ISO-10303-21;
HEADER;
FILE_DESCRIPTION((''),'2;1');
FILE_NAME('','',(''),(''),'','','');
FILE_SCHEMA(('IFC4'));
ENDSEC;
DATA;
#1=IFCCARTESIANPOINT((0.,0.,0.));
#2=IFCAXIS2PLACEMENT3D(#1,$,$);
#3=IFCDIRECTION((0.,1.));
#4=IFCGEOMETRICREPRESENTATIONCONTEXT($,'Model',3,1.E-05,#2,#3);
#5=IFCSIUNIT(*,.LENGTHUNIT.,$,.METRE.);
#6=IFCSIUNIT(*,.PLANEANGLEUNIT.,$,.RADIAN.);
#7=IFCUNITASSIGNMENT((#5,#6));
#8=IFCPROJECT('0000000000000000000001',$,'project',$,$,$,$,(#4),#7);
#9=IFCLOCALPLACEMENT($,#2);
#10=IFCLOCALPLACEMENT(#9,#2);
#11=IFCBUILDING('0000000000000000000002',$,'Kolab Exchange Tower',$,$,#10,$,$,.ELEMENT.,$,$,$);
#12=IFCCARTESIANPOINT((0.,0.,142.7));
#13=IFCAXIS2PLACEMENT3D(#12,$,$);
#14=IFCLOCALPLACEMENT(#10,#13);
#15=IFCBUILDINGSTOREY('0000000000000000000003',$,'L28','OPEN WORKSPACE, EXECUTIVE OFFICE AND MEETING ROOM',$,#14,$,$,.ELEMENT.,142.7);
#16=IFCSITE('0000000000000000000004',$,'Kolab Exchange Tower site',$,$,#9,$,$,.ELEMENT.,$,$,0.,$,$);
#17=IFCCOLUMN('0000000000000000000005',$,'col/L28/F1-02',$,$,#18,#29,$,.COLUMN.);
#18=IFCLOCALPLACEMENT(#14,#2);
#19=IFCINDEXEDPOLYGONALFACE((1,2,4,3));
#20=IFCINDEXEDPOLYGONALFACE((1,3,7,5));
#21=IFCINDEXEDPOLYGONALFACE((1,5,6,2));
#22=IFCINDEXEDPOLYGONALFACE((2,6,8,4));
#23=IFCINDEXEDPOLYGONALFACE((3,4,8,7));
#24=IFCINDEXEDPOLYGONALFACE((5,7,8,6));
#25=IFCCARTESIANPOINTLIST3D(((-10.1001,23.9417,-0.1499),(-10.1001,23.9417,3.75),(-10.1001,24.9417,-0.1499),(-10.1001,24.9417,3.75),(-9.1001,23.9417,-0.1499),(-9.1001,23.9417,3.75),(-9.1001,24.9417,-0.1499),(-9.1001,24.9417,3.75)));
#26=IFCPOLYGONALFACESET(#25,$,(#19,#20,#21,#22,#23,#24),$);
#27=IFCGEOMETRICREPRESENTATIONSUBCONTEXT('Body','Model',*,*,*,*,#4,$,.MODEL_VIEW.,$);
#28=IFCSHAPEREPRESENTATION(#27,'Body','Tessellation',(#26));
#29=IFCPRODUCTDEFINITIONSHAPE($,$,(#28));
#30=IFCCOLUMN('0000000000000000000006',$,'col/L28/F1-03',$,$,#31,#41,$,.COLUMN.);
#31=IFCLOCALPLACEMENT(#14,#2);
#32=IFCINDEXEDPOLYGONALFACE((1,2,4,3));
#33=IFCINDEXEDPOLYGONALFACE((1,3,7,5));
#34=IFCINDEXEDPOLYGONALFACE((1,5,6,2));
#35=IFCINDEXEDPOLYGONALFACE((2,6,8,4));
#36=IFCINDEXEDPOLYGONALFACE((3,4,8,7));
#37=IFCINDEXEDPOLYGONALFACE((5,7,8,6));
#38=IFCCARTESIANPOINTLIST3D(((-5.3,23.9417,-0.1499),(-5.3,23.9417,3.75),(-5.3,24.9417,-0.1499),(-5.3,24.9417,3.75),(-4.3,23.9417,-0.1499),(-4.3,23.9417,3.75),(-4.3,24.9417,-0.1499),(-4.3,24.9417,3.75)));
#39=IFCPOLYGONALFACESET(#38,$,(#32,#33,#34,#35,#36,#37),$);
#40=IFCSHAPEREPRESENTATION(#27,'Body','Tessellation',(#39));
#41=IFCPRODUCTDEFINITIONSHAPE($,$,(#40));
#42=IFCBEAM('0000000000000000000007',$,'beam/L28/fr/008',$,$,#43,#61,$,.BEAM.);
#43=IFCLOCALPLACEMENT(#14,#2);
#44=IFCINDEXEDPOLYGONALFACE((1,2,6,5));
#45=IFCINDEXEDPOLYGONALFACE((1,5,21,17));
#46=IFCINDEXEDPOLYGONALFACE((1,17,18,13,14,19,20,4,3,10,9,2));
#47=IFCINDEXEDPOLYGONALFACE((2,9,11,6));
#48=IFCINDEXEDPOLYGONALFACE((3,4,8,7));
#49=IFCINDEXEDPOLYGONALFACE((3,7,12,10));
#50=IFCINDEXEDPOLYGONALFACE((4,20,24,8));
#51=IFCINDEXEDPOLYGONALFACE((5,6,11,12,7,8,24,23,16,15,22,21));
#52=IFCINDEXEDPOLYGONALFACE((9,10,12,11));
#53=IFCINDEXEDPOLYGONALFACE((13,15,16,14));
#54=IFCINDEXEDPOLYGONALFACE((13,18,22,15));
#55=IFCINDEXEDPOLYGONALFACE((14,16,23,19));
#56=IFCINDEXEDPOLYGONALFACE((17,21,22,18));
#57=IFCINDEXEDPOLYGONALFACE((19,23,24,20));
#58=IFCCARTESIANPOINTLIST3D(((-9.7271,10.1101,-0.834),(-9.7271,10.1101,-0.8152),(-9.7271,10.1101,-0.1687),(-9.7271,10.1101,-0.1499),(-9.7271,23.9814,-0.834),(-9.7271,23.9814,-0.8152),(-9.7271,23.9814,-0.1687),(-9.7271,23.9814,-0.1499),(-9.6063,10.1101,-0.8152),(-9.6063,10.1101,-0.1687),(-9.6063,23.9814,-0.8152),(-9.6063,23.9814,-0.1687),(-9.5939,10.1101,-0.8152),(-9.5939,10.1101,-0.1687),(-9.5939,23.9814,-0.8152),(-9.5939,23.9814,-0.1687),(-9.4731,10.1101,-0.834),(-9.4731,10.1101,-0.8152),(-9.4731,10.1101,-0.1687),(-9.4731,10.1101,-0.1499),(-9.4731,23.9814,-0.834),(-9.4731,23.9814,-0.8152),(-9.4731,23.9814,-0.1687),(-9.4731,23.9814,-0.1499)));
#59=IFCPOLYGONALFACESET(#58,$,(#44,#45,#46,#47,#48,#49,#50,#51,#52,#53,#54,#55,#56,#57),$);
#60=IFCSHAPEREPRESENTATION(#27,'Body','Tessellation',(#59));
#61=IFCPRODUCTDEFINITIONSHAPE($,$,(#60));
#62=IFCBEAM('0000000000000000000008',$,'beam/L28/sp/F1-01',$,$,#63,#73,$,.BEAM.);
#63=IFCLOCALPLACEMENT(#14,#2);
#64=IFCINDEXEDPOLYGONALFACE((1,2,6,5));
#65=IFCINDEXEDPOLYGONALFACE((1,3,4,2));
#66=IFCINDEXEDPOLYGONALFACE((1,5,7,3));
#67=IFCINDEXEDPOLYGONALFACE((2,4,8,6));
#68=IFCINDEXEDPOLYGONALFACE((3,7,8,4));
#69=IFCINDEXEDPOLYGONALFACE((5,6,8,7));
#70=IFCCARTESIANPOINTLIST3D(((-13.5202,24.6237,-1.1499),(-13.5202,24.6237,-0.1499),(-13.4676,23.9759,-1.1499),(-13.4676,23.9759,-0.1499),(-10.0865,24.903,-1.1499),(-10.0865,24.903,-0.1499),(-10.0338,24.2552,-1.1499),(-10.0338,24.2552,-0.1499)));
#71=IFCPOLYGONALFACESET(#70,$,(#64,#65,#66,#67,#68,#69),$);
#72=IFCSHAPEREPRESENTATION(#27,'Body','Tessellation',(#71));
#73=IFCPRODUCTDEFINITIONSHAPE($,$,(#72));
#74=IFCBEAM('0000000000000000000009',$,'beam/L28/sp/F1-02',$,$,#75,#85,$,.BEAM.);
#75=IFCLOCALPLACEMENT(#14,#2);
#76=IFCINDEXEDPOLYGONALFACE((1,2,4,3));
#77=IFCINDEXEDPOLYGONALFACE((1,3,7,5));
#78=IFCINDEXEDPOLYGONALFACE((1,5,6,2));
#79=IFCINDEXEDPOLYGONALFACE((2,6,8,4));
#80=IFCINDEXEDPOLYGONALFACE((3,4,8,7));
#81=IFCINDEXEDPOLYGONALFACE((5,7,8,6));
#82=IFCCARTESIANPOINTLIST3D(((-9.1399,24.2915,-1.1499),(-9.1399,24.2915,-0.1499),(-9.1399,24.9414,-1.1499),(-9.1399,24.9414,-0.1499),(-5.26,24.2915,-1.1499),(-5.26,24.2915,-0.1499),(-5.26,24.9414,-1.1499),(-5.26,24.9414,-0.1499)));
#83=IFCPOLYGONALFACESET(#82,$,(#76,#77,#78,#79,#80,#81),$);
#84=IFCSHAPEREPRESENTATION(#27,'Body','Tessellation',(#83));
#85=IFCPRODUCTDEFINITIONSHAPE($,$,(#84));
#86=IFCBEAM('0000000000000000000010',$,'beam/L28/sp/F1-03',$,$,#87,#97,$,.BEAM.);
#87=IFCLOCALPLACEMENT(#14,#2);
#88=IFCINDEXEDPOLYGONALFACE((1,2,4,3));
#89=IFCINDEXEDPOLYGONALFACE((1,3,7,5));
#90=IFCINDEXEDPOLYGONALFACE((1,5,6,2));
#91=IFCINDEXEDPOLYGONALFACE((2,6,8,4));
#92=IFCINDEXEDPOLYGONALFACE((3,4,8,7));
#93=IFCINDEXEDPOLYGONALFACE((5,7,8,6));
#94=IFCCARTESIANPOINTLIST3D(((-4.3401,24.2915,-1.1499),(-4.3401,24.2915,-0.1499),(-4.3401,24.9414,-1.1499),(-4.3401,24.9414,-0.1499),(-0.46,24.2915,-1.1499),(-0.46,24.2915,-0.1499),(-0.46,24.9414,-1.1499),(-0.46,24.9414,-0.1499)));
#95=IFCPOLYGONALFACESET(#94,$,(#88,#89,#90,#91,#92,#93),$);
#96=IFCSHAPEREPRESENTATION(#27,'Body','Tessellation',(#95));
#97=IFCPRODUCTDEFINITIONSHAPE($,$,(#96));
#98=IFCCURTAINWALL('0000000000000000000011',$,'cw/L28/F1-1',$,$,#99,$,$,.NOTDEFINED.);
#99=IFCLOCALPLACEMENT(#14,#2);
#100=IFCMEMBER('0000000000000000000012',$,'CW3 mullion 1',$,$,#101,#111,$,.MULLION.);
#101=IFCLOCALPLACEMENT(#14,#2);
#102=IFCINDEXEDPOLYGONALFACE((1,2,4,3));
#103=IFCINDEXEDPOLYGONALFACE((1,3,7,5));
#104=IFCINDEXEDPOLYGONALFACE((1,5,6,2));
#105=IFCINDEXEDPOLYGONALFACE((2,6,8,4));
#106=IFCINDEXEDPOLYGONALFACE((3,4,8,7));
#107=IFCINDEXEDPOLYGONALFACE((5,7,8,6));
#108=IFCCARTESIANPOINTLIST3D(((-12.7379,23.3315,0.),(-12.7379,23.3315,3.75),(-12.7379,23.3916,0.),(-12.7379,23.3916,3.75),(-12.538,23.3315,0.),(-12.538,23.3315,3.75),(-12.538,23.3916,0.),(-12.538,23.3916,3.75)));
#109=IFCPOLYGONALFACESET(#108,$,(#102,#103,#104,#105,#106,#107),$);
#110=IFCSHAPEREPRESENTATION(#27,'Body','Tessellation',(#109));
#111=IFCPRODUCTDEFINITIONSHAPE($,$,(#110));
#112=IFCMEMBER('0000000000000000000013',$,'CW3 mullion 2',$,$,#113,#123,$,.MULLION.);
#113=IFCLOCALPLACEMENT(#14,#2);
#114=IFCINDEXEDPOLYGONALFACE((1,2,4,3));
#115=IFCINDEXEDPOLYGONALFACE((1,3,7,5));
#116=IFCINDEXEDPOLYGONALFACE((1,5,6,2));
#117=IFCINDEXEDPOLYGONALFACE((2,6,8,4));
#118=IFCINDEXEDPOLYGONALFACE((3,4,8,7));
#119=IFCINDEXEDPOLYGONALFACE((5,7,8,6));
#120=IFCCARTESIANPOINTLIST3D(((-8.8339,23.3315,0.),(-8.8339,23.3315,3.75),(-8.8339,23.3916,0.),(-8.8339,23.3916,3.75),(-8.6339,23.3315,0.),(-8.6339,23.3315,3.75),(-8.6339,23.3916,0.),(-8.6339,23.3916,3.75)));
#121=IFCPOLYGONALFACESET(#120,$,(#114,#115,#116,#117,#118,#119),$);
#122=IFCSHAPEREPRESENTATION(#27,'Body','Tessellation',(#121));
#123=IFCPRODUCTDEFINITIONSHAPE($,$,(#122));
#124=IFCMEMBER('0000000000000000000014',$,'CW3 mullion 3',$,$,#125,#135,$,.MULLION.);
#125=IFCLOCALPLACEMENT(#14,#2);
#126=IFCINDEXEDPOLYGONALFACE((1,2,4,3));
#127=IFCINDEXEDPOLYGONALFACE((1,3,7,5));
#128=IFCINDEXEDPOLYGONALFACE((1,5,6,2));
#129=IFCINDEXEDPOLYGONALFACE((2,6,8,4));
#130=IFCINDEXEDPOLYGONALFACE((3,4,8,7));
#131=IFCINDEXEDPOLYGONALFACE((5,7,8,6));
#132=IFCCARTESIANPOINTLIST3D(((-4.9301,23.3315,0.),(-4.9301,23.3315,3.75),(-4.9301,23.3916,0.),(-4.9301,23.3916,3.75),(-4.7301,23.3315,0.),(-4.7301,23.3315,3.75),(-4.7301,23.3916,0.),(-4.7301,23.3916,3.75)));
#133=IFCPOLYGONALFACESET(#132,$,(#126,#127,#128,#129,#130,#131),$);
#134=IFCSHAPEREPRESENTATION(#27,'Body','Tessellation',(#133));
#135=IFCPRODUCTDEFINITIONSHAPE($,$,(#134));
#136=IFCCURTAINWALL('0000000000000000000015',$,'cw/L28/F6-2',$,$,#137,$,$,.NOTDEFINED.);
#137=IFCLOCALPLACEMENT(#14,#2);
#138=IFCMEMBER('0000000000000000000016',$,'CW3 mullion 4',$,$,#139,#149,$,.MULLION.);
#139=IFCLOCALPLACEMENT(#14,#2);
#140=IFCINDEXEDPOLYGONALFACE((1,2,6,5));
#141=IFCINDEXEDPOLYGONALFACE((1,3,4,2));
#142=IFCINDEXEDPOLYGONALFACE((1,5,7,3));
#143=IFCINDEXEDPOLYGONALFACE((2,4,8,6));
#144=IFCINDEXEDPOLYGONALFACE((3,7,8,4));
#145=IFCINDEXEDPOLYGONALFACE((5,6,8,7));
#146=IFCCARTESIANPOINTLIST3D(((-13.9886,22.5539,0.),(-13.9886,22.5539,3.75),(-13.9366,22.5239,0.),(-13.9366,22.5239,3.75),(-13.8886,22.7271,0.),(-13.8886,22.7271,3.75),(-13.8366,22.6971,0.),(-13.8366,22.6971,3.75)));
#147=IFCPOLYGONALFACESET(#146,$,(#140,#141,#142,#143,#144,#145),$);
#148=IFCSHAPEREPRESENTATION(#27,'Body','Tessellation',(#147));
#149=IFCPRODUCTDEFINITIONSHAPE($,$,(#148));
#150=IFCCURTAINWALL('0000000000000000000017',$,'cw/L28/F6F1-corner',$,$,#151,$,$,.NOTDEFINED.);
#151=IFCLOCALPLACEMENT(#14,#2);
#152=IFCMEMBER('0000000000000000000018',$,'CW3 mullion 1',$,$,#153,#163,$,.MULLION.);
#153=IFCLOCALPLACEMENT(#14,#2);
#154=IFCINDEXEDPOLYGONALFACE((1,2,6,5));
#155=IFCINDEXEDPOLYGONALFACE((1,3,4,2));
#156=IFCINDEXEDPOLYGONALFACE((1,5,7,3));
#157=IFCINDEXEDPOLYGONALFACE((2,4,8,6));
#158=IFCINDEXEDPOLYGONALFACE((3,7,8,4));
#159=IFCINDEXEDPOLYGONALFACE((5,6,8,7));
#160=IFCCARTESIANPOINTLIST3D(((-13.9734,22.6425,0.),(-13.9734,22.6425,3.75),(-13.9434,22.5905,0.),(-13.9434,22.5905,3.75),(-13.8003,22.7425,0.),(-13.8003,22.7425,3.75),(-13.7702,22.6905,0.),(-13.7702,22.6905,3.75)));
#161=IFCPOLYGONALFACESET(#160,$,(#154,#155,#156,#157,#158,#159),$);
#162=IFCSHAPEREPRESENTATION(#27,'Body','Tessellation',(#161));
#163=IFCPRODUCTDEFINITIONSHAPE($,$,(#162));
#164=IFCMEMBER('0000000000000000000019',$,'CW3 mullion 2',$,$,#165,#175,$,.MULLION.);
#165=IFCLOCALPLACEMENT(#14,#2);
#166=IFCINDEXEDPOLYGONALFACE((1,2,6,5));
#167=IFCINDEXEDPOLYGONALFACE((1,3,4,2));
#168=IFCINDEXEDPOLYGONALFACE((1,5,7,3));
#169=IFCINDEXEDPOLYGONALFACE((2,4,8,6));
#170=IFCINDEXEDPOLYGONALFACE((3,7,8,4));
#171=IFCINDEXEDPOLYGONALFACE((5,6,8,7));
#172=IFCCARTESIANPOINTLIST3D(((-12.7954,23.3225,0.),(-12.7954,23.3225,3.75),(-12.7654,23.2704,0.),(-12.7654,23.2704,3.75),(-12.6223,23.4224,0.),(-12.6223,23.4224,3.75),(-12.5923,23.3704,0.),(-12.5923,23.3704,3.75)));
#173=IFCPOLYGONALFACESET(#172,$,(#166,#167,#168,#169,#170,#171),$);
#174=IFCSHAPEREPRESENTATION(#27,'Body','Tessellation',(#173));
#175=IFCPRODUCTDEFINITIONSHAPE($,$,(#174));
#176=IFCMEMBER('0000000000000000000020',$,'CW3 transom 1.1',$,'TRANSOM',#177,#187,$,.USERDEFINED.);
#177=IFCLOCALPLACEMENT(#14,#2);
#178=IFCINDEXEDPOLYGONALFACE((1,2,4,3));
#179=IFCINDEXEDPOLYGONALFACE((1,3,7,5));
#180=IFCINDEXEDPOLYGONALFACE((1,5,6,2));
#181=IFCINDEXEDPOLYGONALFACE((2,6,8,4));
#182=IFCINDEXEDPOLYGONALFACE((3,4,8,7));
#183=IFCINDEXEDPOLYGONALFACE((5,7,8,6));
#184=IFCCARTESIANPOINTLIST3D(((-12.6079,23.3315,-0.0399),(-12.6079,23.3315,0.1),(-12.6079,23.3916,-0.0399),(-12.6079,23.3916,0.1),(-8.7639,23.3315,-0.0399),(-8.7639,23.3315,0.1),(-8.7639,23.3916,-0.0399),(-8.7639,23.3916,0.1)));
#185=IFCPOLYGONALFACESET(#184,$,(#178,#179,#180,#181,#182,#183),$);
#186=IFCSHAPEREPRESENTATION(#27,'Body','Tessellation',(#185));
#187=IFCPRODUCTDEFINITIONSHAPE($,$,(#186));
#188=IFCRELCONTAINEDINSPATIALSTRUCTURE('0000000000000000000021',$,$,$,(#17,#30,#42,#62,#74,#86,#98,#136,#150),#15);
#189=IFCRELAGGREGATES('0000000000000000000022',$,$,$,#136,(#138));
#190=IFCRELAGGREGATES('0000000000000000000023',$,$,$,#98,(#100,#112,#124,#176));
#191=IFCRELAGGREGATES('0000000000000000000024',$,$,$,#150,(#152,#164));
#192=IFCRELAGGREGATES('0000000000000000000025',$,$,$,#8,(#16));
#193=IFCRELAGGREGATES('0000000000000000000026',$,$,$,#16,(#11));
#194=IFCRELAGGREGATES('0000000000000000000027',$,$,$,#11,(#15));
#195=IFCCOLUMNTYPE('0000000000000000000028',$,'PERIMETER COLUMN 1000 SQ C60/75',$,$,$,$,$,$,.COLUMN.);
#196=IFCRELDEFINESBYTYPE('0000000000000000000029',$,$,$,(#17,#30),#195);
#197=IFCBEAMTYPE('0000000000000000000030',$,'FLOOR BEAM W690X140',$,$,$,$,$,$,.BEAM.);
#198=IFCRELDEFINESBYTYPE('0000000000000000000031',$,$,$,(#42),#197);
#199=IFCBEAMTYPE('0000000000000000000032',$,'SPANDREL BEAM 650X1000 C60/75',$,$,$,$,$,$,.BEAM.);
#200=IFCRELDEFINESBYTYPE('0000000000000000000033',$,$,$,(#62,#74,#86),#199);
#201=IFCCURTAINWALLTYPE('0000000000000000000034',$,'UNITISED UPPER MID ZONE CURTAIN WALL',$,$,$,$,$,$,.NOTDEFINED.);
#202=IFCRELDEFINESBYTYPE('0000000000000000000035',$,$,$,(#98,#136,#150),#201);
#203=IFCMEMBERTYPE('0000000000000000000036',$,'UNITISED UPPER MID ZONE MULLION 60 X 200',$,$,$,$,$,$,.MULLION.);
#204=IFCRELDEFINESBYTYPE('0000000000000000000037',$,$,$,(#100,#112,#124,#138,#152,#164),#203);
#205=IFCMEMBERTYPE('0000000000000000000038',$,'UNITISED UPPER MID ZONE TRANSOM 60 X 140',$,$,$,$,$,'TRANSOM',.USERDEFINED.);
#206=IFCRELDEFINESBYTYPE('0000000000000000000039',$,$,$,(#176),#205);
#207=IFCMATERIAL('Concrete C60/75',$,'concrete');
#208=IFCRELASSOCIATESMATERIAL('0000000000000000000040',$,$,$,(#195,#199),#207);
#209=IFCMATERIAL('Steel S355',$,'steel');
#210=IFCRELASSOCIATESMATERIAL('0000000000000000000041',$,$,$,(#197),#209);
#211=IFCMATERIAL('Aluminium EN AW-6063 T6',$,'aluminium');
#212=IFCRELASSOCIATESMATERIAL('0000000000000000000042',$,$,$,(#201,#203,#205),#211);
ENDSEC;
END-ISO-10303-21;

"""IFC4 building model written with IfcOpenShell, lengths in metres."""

from ifc_helpers import new_model, si_unit, direction, frame, origin, origin_2d, place, context, subcontext, project, spatial, rectangle, i_section, extrude, material, material_profile, profile_set, type_object, element, aggregate, save


model = new_model("IFC4")

# Units and contexts
model_context = context("Model", 3, precision=1e-05, world=origin(), true_north=direction((0.0, 1.0)))
body_context = subcontext(model_context, "Body", "Model", "MODEL_VIEW")
ifc_project = project(units=[si_unit("LENGTHUNIT", "METRE"), si_unit("PLANEANGLEUNIT", "RADIAN")], contexts=[model_context])

# Site, building, storey
site_placement = place(None, origin())
site = spatial("IfcSite", under=ifc_project, at=site_placement, Name="Kolab Exchange Tower site", CompositionType="ELEMENT", RefElevation=0.0)
building_placement = place(site_placement, origin())
building = spatial("IfcBuilding", under=site, at=building_placement, Name="Kolab Exchange Tower", CompositionType="ELEMENT")
storey_placement = place(building_placement, frame((0.0, 0.0, 142.7)))
storey = spatial("IfcBuildingStorey", under=building, at=storey_placement, Name="L28", Description="OPEN WORKSPACE, EXECUTIVE OFFICE AND MEETING ROOM", CompositionType="ELEMENT", Elevation=142.7)

# Columns
ifc_material_1 = material(Name="Concrete C60/75", Category="concrete")
ifc_material_profile_1 = material_profile(ifc_material_1, rectangle(XDim=1.0, YDim=1.0, at=origin_2d()), Name="RC1000")
ifc_profile_set_1 = profile_set([ifc_material_profile_1], Name="Concrete C60/75")
column_type = type_object("IfcColumnType", Name="PERIMETER COLUMN 1000 SQ C60/75", PredefinedType="COLUMN", material=ifc_profile_set_1)
for number, where, z_axis, x_axis, name in (
    (1, (-9.6001, 24.4417, -0.1499), (0.0, 0.0, 1.0), (1.0, 0.0, 0.0), "col/L28/F1-02"),
    (2, (-4.8, 24.4417, -0.1499), (0.0, 0.0, 1.0), (1.0, 0.0, 0.0), "col/L28/F1-03"),
):
    element("IfcColumn", number, at=place(storey_placement, frame(where, z_axis=z_axis, x_axis=x_axis)), inside=storey, type_object=column_type, Name=name, PredefinedType="COLUMN", context=body_context, shape_type="SweptSolid", body=[
        extrude(rectangle(XDim=1.0, YDim=1.0, at=origin_2d()), origin(), (0.0, 0.0, 1.0), 3.8999),
    ])

# Beams
ifc_material_2 = material(Name="Steel S355", Category="steel")
ifc_material_profile_2 = material_profile(ifc_material_2, i_section(OverallWidth=0.2539, OverallDepth=0.6841, WebThickness=0.0125, FlangeThickness=0.0188, at=origin_2d()), Name="W690X140")
ifc_profile_set_2 = profile_set([ifc_material_profile_2], Name="Steel S355")
beam_type_1 = type_object("IfcBeamType", Name="FLOOR BEAM W690X140", PredefinedType="BEAM", material=ifc_profile_set_2)
beam_1_placement = place(storey_placement, frame((-9.6001, 10.1101, -0.4919), z_axis=(0.0, 1.0, 0.0), x_axis=(-1.0, 0.0, 0.0)))
element("IfcBeam", 3, at=beam_1_placement, inside=storey, type_object=beam_type_1, Name="beam/L28/fr/008", PredefinedType="BEAM", context=body_context, shape_type="SweptSolid", body=[
    extrude(i_section(OverallWidth=0.2539, OverallDepth=0.6841, WebThickness=0.0125, FlangeThickness=0.0188, at=origin_2d()), origin(), (0.0, 0.0, 1.0), 13.8713),
])
ifc_material_profile_3 = material_profile(ifc_material_1, rectangle(XDim=0.6499, YDim=1.0, at=origin_2d()), Name="RC650X1000")
ifc_profile_set_3 = profile_set([ifc_material_profile_3], Name="Concrete C60/75")
beam_type_2 = type_object("IfcBeamType", Name="SPANDREL BEAM 650X1000 C60/75", PredefinedType="BEAM", material=ifc_profile_set_3)
beam_2_placement = place(storey_placement, frame((-13.4939, 24.2998, -0.6499), z_axis=(0.996708, 0.081069, 0.0), x_axis=(-0.081069, 0.996708, 0.0)))
element("IfcBeam", 4, at=beam_2_placement, inside=storey, type_object=beam_type_2, Name="beam/L28/sp/F1-01", PredefinedType="BEAM", context=body_context, shape_type="SweptSolid", body=[
    extrude(rectangle(XDim=0.6499, YDim=1.0, at=origin_2d()), origin(), (0.0, 0.0, 1.0), 3.4451),
])
beam_3_placement = place(storey_placement, frame((-9.1399, 24.6165, -0.6499), z_axis=(1.0, 0.0, 0.0), x_axis=(0.0, 1.0, 0.0)))
element("IfcBeam", 5, at=beam_3_placement, inside=storey, type_object=beam_type_2, Name="beam/L28/sp/F1-02", PredefinedType="BEAM", context=body_context, shape_type="SweptSolid", body=[
    extrude(rectangle(XDim=0.6499, YDim=1.0, at=origin_2d()), origin(), (0.0, 0.0, 1.0), 3.8799),
])
beam_4_placement = place(storey_placement, frame((-4.3401, 24.6165, -0.6499), z_axis=(1.0, 0.0, 0.0), x_axis=(0.0, 1.0, 0.0)))
element("IfcBeam", 6, at=beam_4_placement, inside=storey, type_object=beam_type_2, Name="beam/L28/sp/F1-03", PredefinedType="BEAM", context=body_context, shape_type="SweptSolid", body=[
    extrude(rectangle(XDim=0.6499, YDim=1.0, at=origin_2d()), origin(), (0.0, 0.0, 1.0), 3.8801),
])

# Curtain wall, members
ifc_material_3 = material(Name="Aluminium EN AW-6063 T6", Category="aluminium")
curtain_wall_type = type_object("IfcCurtainWallType", Name="UNITISED UPPER MID ZONE CURTAIN WALL", PredefinedType="NOTDEFINED", material=ifc_material_3)
curtain_wall_1_placement = place(storey_placement, origin())
curtain_wall_1 = element("IfcCurtainWall", 7, at=curtain_wall_1_placement, inside=storey, type_object=curtain_wall_type, Name="cw/L28/F1-1", PredefinedType="NOTDEFINED")
ifc_material_profile_4 = material_profile(ifc_material_3, rectangle(XDim=0.0601, YDim=0.2, at=origin_2d()), Name="RECT 60X200")
ifc_profile_set_4 = profile_set([ifc_material_profile_4], Name="Aluminium EN AW-6063 T6")
member_type_1 = type_object("IfcMemberType", Name="UNITISED UPPER MID ZONE MULLION 60 X 200", PredefinedType="MULLION", material=ifc_profile_set_4)
member_1_placement = place(storey_placement, frame((-12.6379, 23.3616, 0.0), z_axis=(0.0, 0.0, 1.0), x_axis=(0.0, 1.0, 0.0)))
member_1 = element("IfcMember", 8, at=member_1_placement, type_object=member_type_1, Name="CW3 mullion 1", PredefinedType="MULLION", context=body_context, shape_type="SweptSolid", body=[
    extrude(rectangle(XDim=0.0601, YDim=0.2, at=origin_2d()), origin(), (0.0, 0.0, 1.0), 3.75),
])
member_2_placement = place(storey_placement, frame((-8.7339, 23.3616, 0.0), z_axis=(0.0, 0.0, 1.0), x_axis=(0.0, 1.0, 0.0)))
member_2 = element("IfcMember", 9, at=member_2_placement, type_object=member_type_1, Name="CW3 mullion 2", PredefinedType="MULLION", context=body_context, shape_type="SweptSolid", body=[
    extrude(rectangle(XDim=0.0601, YDim=0.2, at=origin_2d()), origin(), (0.0, 0.0, 1.0), 3.75),
])
member_3_placement = place(storey_placement, frame((-4.8301, 23.3616, 0.0), z_axis=(0.0, 0.0, 1.0), x_axis=(0.0, 1.0, 0.0)))
member_3 = element("IfcMember", 10, at=member_3_placement, type_object=member_type_1, Name="CW3 mullion 3", PredefinedType="MULLION", context=body_context, shape_type="SweptSolid", body=[
    extrude(rectangle(XDim=0.0601, YDim=0.2, at=origin_2d()), origin(), (0.0, 0.0, 1.0), 3.75),
])

# Curtain wall, member
curtain_wall_2_placement = place(storey_placement, origin())
curtain_wall_2 = element("IfcCurtainWall", 11, at=curtain_wall_2_placement, inside=storey, type_object=curtain_wall_type, Name="cw/L28/F6-2", PredefinedType="NOTDEFINED")
member_4_placement = place(storey_placement, frame((-13.9126, 22.6255, 0.0), z_axis=(0.0, 0.0, 1.0), x_axis=(-0.866025, 0.5, 0.0)))
member_4 = element("IfcMember", 12, at=member_4_placement, type_object=member_type_1, Name="CW3 mullion 4", PredefinedType="MULLION", context=body_context, shape_type="SweptSolid", body=[
    extrude(rectangle(XDim=0.0601, YDim=0.2, at=origin_2d()), origin(), (0.0, 0.0, 1.0), 3.75),
])
aggregate(curtain_wall_2, [member_4])

# Curtain wall, members
curtain_wall_3_placement = place(storey_placement, origin())
curtain_wall_3 = element("IfcCurtainWall", 13, at=curtain_wall_3_placement, inside=storey, type_object=curtain_wall_type, Name="cw/L28/F6F1-corner", PredefinedType="NOTDEFINED")
member_5_placement = place(storey_placement, frame((-13.8718, 22.6665, 0.0), z_axis=(0.0, 0.0, 1.0), x_axis=(-0.5, 0.866025, 0.0)))
member_5 = element("IfcMember", 14, at=member_5_placement, type_object=member_type_1, Name="CW3 mullion 1", PredefinedType="MULLION", context=body_context, shape_type="SweptSolid", body=[
    extrude(rectangle(XDim=0.0601, YDim=0.2, at=origin_2d()), origin(), (0.0, 0.0, 1.0), 3.75),
])
member_6_placement = place(storey_placement, frame((-12.6938, 23.3464, 0.0), z_axis=(0.0, 0.0, 1.0), x_axis=(-0.5, 0.866025, 0.0)))
member_6 = element("IfcMember", 15, at=member_6_placement, type_object=member_type_1, Name="CW3 mullion 2", PredefinedType="MULLION", context=body_context, shape_type="SweptSolid", body=[
    extrude(rectangle(XDim=0.0601, YDim=0.2, at=origin_2d()), origin(), (0.0, 0.0, 1.0), 3.75),
])

# Member
ifc_material_profile_5 = material_profile(ifc_material_3, rectangle(XDim=0.0601, YDim=0.1399, at=origin_2d()), Name="RECT 60X140")
ifc_profile_set_5 = profile_set([ifc_material_profile_5], Name="Aluminium EN AW-6063 T6")
member_type_2 = type_object("IfcMemberType", Name="UNITISED UPPER MID ZONE TRANSOM 60 X 140", ElementType="TRANSOM", PredefinedType="USERDEFINED", material=ifc_profile_set_5)
member_7_placement = place(storey_placement, frame((-12.6079, 23.3616, 0.03), z_axis=(1.0, 0.0, 0.0), x_axis=(0.0, 1.0, 0.0)))
member_7 = element("IfcMember", 16, at=member_7_placement, type_object=member_type_2, Name="CW3 transom 1.1", ObjectType="TRANSOM", PredefinedType="USERDEFINED", context=body_context, shape_type="SweptSolid", body=[
    extrude(rectangle(XDim=0.0601, YDim=0.1399, at=origin_2d()), origin(), (0.0, 0.0, 1.0), 3.844),
])

aggregate(curtain_wall_1, [member_1, member_2, member_3, member_7])
aggregate(curtain_wall_3, [member_5, member_6])

save(model, "model.ifc")
